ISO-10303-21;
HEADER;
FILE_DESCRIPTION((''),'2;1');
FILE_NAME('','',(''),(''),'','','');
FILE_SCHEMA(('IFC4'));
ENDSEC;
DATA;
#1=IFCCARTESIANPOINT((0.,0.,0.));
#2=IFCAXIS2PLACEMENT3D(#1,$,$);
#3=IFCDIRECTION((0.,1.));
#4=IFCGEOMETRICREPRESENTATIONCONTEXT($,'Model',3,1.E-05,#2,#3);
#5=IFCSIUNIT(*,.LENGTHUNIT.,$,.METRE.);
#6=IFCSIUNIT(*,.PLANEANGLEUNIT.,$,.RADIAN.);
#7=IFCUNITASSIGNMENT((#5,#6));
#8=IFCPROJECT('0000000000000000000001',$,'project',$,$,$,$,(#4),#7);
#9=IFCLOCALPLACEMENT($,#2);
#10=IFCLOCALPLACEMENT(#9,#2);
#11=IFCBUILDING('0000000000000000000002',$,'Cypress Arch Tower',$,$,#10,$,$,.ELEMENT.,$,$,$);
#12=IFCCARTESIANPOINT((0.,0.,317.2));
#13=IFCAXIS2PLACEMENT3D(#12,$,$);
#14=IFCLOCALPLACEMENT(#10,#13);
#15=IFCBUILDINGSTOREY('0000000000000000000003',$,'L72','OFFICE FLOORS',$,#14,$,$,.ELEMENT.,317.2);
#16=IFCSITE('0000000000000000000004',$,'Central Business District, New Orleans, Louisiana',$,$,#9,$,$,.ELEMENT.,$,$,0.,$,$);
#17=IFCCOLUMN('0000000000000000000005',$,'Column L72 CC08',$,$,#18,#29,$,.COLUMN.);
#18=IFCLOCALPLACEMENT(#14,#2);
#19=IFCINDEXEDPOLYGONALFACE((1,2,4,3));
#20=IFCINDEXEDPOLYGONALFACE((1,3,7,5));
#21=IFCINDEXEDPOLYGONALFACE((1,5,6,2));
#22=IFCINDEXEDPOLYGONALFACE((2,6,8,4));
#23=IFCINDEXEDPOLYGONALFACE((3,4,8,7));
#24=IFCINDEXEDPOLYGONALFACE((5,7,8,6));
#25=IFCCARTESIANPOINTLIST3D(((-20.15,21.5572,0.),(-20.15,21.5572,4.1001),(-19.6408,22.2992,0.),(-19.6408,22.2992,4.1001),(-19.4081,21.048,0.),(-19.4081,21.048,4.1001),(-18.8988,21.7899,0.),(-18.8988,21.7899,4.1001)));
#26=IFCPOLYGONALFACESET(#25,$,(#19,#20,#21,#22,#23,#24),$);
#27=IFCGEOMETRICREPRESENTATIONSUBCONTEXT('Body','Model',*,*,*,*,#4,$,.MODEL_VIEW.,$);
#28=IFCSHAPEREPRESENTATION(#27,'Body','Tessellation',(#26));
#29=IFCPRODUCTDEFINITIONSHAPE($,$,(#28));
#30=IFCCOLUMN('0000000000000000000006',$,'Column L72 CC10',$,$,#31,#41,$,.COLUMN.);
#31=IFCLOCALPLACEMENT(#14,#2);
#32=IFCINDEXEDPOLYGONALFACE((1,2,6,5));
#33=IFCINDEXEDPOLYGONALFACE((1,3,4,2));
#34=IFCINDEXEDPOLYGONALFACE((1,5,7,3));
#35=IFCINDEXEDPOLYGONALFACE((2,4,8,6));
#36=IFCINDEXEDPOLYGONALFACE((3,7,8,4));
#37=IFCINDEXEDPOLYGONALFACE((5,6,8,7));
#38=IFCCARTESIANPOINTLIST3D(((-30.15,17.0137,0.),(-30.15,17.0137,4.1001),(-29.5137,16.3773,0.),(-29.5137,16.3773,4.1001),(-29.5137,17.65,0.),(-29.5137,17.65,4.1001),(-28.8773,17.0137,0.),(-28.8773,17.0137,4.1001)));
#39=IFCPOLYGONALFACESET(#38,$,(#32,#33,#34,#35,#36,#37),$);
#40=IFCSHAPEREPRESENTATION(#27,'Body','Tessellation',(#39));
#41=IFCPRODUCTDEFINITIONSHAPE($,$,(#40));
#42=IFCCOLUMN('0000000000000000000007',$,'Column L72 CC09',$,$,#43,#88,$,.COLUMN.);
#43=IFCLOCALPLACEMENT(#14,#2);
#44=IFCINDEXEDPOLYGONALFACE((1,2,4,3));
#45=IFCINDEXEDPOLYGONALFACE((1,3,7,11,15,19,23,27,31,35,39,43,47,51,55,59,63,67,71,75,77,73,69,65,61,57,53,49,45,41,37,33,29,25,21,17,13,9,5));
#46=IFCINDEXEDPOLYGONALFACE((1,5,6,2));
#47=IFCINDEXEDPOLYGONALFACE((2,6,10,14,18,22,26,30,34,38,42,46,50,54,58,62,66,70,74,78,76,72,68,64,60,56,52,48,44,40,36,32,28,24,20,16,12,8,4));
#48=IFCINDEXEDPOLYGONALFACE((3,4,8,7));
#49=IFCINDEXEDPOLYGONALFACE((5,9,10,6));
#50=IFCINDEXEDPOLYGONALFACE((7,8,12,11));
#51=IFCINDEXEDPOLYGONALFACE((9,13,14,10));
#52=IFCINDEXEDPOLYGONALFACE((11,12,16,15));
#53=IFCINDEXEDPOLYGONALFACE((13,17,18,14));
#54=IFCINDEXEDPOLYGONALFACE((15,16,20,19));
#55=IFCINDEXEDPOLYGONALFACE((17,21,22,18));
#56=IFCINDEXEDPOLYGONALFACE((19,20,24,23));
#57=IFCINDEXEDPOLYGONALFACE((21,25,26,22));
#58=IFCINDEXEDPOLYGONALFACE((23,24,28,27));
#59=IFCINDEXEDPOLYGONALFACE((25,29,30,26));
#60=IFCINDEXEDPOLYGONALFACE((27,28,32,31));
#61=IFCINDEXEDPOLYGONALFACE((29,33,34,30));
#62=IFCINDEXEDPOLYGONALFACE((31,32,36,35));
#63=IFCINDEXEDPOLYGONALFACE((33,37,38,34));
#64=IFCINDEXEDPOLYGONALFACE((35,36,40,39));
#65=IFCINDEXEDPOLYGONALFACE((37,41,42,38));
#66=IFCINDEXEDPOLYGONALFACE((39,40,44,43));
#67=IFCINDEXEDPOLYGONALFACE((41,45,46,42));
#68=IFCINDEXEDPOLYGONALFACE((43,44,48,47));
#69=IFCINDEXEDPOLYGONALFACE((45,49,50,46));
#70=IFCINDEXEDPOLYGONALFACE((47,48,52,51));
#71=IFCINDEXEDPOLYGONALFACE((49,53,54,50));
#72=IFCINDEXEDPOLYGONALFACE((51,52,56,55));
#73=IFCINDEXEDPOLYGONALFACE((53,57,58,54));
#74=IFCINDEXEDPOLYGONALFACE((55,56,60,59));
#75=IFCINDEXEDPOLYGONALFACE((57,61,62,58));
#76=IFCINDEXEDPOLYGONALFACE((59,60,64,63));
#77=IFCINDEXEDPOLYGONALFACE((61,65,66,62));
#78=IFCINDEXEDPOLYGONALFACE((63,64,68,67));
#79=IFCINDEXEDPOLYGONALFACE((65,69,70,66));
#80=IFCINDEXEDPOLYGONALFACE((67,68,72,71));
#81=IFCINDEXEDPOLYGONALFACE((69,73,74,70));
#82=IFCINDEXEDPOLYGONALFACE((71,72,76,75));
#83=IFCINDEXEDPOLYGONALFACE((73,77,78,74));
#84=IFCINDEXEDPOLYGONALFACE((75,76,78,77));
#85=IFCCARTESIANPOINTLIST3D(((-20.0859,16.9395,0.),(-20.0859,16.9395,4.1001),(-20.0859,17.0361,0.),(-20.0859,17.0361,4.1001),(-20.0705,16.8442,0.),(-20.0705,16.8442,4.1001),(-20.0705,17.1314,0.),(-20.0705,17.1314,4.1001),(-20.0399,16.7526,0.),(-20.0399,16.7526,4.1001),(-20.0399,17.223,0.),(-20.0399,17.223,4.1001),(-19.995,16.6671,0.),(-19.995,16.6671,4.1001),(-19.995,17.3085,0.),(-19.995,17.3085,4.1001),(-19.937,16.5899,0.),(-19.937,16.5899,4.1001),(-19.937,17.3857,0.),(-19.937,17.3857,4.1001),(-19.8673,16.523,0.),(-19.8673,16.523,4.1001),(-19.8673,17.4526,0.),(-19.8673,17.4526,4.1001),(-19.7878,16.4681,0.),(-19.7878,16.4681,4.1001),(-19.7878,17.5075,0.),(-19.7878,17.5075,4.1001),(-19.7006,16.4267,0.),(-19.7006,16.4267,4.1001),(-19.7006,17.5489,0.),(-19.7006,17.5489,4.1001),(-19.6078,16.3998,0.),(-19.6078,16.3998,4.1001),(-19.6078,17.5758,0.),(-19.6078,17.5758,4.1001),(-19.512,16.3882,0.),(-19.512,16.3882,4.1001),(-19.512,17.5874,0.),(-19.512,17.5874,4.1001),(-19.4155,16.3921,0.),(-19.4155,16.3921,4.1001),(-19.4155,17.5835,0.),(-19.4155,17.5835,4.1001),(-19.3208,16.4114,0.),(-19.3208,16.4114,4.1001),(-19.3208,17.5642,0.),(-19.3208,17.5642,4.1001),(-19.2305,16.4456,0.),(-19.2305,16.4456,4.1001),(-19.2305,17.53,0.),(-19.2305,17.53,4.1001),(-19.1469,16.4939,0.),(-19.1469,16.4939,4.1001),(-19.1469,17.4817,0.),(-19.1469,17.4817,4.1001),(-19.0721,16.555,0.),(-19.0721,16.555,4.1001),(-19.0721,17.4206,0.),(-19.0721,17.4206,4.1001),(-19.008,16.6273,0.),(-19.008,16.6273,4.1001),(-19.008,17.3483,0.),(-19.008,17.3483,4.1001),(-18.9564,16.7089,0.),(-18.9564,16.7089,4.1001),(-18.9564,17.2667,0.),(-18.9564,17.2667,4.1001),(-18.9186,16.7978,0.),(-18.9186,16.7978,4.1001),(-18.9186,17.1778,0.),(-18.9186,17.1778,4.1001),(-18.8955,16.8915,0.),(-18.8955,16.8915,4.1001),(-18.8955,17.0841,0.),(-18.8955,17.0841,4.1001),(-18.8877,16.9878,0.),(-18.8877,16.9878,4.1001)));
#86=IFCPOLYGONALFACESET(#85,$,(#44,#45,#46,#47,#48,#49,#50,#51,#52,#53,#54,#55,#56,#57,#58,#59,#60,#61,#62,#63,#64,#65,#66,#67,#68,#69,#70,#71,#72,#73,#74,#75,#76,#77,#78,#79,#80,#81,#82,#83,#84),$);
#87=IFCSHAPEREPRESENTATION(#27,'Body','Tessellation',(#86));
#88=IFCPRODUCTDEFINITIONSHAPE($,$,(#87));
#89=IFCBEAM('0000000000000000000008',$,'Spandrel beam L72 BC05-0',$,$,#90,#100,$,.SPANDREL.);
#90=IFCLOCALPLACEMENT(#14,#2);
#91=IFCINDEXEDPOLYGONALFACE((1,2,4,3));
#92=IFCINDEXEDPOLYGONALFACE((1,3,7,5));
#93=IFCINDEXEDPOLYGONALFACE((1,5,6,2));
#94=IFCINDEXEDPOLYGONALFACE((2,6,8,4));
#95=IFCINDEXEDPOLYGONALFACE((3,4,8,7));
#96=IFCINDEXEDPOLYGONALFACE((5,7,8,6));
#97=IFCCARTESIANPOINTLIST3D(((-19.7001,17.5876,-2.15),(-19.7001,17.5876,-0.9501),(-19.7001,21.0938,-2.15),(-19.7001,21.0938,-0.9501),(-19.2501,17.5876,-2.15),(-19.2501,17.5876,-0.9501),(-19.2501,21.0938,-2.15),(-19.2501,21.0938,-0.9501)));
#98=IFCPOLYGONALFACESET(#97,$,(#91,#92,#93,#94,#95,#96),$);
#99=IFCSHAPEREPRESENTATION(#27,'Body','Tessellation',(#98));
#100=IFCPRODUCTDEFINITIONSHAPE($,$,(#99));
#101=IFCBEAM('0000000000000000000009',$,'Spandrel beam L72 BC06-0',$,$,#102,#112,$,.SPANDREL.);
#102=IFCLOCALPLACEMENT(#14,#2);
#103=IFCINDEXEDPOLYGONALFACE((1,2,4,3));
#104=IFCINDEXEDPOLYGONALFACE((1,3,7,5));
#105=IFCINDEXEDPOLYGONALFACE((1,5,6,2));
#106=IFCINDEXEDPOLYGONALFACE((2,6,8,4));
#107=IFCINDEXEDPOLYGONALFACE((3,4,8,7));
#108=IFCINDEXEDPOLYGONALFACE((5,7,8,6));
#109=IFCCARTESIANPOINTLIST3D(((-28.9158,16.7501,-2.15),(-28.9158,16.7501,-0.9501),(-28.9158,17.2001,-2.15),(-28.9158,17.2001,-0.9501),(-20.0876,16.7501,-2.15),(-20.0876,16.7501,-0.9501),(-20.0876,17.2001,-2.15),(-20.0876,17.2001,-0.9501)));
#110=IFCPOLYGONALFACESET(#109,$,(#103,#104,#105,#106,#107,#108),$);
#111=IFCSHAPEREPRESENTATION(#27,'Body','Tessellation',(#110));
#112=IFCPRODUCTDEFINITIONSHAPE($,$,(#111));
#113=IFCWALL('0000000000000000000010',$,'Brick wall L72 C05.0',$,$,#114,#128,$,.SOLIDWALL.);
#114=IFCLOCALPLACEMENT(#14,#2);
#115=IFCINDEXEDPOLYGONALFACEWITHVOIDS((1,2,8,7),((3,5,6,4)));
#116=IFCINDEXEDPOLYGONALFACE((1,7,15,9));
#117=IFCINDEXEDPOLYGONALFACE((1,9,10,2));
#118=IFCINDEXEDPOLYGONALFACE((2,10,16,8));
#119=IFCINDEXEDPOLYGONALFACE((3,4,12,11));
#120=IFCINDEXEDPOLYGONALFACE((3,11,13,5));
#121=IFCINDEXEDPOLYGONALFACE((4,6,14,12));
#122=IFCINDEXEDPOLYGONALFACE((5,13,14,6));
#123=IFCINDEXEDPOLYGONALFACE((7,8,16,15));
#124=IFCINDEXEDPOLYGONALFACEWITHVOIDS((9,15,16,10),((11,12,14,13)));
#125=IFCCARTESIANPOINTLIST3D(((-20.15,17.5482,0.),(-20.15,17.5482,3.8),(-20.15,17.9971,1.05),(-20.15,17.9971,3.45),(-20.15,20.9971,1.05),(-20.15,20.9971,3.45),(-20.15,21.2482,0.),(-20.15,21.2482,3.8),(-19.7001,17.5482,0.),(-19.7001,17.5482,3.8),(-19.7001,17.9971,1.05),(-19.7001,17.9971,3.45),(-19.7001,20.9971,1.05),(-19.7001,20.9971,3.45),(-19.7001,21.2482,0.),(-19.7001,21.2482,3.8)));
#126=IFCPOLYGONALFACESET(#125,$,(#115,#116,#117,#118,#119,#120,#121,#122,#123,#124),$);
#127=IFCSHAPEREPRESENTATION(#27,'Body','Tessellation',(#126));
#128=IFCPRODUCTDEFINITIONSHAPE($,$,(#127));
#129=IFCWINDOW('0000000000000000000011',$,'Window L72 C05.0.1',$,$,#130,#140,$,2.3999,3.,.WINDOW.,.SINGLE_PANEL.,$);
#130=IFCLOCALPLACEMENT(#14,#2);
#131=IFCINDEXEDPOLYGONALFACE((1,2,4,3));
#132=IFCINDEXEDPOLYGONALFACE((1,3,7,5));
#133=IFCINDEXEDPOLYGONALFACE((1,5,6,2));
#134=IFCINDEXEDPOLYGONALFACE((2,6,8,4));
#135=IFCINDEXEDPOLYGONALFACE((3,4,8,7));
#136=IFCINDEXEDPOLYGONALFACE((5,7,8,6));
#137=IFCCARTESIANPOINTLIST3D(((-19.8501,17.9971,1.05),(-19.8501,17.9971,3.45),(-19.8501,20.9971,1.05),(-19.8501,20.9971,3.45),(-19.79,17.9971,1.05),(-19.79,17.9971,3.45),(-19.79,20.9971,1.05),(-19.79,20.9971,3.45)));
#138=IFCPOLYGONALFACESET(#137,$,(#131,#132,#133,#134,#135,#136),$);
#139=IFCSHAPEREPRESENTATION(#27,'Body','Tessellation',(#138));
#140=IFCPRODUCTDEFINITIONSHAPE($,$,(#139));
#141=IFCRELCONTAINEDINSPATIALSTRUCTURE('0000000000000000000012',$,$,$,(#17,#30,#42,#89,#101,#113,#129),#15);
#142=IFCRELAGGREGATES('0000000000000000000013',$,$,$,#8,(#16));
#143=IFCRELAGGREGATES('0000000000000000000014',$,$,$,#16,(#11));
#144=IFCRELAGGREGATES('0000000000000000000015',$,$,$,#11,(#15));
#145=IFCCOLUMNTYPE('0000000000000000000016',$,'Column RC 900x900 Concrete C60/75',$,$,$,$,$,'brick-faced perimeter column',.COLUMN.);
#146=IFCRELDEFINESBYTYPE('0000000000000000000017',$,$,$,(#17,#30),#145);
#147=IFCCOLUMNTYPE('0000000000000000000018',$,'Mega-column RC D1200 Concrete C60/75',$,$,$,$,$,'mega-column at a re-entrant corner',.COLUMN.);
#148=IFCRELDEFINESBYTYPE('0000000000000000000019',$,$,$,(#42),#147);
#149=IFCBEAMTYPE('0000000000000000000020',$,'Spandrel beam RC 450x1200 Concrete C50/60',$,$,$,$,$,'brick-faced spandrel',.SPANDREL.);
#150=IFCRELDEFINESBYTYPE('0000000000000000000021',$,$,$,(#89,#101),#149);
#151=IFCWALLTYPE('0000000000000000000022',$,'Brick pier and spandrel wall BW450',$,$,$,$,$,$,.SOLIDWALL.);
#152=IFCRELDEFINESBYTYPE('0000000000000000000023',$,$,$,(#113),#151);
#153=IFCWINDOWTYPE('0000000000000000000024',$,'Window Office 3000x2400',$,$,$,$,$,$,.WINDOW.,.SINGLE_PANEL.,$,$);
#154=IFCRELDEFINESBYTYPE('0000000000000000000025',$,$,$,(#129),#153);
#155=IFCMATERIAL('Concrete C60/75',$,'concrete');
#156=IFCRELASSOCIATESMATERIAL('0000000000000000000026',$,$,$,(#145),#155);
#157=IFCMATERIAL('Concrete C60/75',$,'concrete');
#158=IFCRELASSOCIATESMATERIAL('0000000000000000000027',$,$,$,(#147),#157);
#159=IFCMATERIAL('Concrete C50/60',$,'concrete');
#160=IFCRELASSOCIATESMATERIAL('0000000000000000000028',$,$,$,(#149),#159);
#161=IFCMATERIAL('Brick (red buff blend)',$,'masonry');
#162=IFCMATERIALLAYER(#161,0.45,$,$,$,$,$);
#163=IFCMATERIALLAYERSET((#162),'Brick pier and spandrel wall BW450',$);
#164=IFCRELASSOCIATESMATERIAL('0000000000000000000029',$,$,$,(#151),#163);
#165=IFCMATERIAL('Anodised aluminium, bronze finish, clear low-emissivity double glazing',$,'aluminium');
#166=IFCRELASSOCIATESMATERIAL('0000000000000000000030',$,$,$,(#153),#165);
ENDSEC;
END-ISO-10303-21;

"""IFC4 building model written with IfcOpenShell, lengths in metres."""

from ifc_helpers import new_model, si_unit, direction, frame, frame_2d, origin, origin_2d, place, context, subcontext, project, spatial, rectangle, circle, extrude, material, layer, layer_set, material_profile, profile_set, type_object, element, fill, save


model = new_model("IFC4")

# Units and contexts
model_context = context("Model", 3, precision=1e-05, world=origin(), true_north=direction((0.0, 1.0)))
body_context = subcontext(model_context, "Body", "Model", "MODEL_VIEW")
ifc_project = project(units=[si_unit("LENGTHUNIT", "METRE"), si_unit("PLANEANGLEUNIT", "RADIAN")], contexts=[model_context])

# Site, building, storey
site_placement = place(None, origin())
site = spatial("IfcSite", under=ifc_project, at=site_placement, Name="Central Business District, New Orleans, Louisiana", CompositionType="ELEMENT", RefElevation=0.0)
building_placement = place(site_placement, origin())
building = spatial("IfcBuilding", under=site, at=building_placement, Name="Cypress Arch Tower", CompositionType="ELEMENT")
storey_placement = place(building_placement, frame((0.0, 0.0, 317.2)))
storey = spatial("IfcBuildingStorey", under=building, at=storey_placement, Name="L72", Description="OFFICE FLOORS", CompositionType="ELEMENT", Elevation=317.2)

# Columns
ifc_material_1 = material(Name="Concrete C60/75", Category="concrete")
ifc_material_profile_1 = material_profile(ifc_material_1, rectangle(XDim=0.8999, YDim=0.8999, at=origin_2d()), Name="RC 900x900")
ifc_profile_set_1 = profile_set([ifc_material_profile_1], Name="Concrete C60/75")
column_type_1 = type_object("IfcColumnType", Name="Column RC 900x900 Concrete C60/75", ElementType="brick-faced perimeter column", PredefinedType="COLUMN", material=ifc_profile_set_1)
for number, where, z_axis, x_axis, name in (
    (1, (-19.5244, 21.6736, 0.0), (0.0, 0.0, 1.0), (-0.565893, -0.824479, 0.0), "Column L72 CC08"),
    (2, (-29.5137, 17.0137, 0.0), (0.0, 0.0, 1.0), (-0.707107, -0.707107, 0.0), "Column L72 CC10"),
):
    element("IfcColumn", number, at=place(storey_placement, frame(where, z_axis=z_axis, x_axis=x_axis)), inside=storey, type_object=column_type_1, Name=name, PredefinedType="COLUMN", context=body_context, shape_type="SweptSolid", body=[
        extrude(rectangle(XDim=0.8999, YDim=0.8999, at=origin_2d()), origin(), (0.0, 0.0, 1.0), 4.1001),
    ])
ifc_material_2 = material(Name="Concrete C60/75", Category="concrete")
ifc_material_profile_2 = material_profile(ifc_material_2, circle(Radius=0.6001, at=origin_2d()), Name="RC D1200")
ifc_profile_set_2 = profile_set([ifc_material_profile_2], Name="Concrete C60/75")
column_type_2 = type_object("IfcColumnType", Name="Mega-column RC D1200 Concrete C60/75", ElementType="mega-column at a re-entrant corner", PredefinedType="COLUMN", material=ifc_profile_set_2)
column_placement = place(storey_placement, frame((-19.4878, 16.9878, 0.0), z_axis=(0.0, 0.0, 1.0), x_axis=(1.0, 0.0, 0.0)))
element("IfcColumn", 3, at=column_placement, inside=storey, type_object=column_type_2, Name="Column L72 CC09", PredefinedType="COLUMN", context=body_context, shape_type="SweptSolid", body=[
    extrude(circle(Radius=0.6001, at=origin_2d()), origin(), (0.0, 0.0, 1.0), 4.1001),
])

# Beams
ifc_material_3 = material(Name="Concrete C50/60", Category="concrete")
ifc_material_profile_3 = material_profile(ifc_material_3, rectangle(XDim=0.45, YDim=1.2, at=origin_2d()), Name="RC 450x1200")
ifc_profile_set_3 = profile_set([ifc_material_profile_3], Name="Concrete C50/60")
beam_type = type_object("IfcBeamType", Name="Spandrel beam RC 450x1200 Concrete C50/60", ElementType="brick-faced spandrel", PredefinedType="SPANDREL", material=ifc_profile_set_3)
beam_1_placement = place(storey_placement, frame((-19.4751, 21.0938, -1.55), z_axis=(0.0, -1.0, 0.0), x_axis=(1.0, 0.0, 0.0)))
element("IfcBeam", 4, at=beam_1_placement, inside=storey, type_object=beam_type, Name="Spandrel beam L72 BC05-0", PredefinedType="SPANDREL", context=body_context, shape_type="SweptSolid", body=[
    extrude(rectangle(XDim=0.45, YDim=1.2, at=origin_2d()), origin(), (0.0, 0.0, 1.0), 3.5061),
])
beam_2_placement = place(storey_placement, frame((-20.0876, 16.9751, -1.55), z_axis=(-1.0, 0.0, 0.0), x_axis=(0.0, -1.0, 0.0)))
element("IfcBeam", 5, at=beam_2_placement, inside=storey, type_object=beam_type, Name="Spandrel beam L72 BC06-0", PredefinedType="SPANDREL", context=body_context, shape_type="SweptSolid", body=[
    extrude(rectangle(XDim=0.45, YDim=1.2, at=origin_2d()), origin(), (0.0, 0.0, 1.0), 8.8281),
])

# Wall, opening, window
ifc_material_4 = material(Name="Brick (red buff blend)", Category="masonry")
ifc_layer_1 = layer(ifc_material_4, 0.45)
ifc_layer_set_1 = layer_set([ifc_layer_1], Name="Brick pier and spandrel wall BW450")
wall_type_1 = type_object("IfcWallType", Name="Brick pier and spandrel wall BW450", PredefinedType="SOLIDWALL", material=ifc_layer_set_1)
wall_1_placement = place(storey_placement, frame((-19.925, 21.2483, 0.0), z_axis=(0.0, 0.0, 1.0), x_axis=(0.0, -1.0, 0.0)))
wall_1 = element("IfcWall", 6, at=wall_1_placement, inside=storey, type_object=wall_type_1, Name="Brick wall L72 C05.0", PredefinedType="SOLIDWALL", context=body_context, shape_type="SweptSolid", body=[
    extrude(rectangle(XDim=3.7, YDim=0.45, at=frame_2d((1.8501, 0.0))), origin(), (0.0, 0.0, 1.0), 3.8),
])
opening_1_placement = place(wall_1_placement, frame((0.2512, 0.0, 1.05)))
opening_1 = element("IfcOpeningElement", 7, at=opening_1_placement, cuts=wall_1, PredefinedType="OPENING", context=body_context, shape_type="SweptSolid", body=[
    extrude(rectangle(XDim=3.0, YDim=2.3999, at=frame_2d((1.5, 1.2))), frame((0.0, 0.2349, 0.0), z_axis=(0.0, -1.0, 0.0), x_axis=(1.0, 0.0, 0.0)), (0.0, 0.0, 1.0), 0.47),
])
ifc_material_5 = material(Name="Anodised aluminium, bronze finish, clear low-emissivity double glazing", Category="aluminium")
window_type = type_object("IfcWindowType", Name="Window Office 3000x2400", PartitioningType="SINGLE_PANEL", PredefinedType="WINDOW", material=ifc_material_5)
window_1_placement = place(opening_1_placement, origin())
window_1 = element("IfcWindow", 8, at=window_1_placement, inside=storey, type_object=window_type, Name="Window L72 C05.0.1", OverallHeight=2.3999, OverallWidth=3.0, PartitioningType="SINGLE_PANEL", PredefinedType="WINDOW", context=body_context, shape_type="SweptSolid", body=[
    extrude(rectangle(XDim=3.0, YDim=2.3999, at=frame_2d((1.5, 1.2))), frame((0.0, 0.135, 0.0), z_axis=(0.0, -1.0, 0.0), x_axis=(1.0, 0.0, 0.0)), (0.0, 0.0, 1.0), 0.0601),
])
fill(opening_1, window_1)

save(model, "model.ifc")
